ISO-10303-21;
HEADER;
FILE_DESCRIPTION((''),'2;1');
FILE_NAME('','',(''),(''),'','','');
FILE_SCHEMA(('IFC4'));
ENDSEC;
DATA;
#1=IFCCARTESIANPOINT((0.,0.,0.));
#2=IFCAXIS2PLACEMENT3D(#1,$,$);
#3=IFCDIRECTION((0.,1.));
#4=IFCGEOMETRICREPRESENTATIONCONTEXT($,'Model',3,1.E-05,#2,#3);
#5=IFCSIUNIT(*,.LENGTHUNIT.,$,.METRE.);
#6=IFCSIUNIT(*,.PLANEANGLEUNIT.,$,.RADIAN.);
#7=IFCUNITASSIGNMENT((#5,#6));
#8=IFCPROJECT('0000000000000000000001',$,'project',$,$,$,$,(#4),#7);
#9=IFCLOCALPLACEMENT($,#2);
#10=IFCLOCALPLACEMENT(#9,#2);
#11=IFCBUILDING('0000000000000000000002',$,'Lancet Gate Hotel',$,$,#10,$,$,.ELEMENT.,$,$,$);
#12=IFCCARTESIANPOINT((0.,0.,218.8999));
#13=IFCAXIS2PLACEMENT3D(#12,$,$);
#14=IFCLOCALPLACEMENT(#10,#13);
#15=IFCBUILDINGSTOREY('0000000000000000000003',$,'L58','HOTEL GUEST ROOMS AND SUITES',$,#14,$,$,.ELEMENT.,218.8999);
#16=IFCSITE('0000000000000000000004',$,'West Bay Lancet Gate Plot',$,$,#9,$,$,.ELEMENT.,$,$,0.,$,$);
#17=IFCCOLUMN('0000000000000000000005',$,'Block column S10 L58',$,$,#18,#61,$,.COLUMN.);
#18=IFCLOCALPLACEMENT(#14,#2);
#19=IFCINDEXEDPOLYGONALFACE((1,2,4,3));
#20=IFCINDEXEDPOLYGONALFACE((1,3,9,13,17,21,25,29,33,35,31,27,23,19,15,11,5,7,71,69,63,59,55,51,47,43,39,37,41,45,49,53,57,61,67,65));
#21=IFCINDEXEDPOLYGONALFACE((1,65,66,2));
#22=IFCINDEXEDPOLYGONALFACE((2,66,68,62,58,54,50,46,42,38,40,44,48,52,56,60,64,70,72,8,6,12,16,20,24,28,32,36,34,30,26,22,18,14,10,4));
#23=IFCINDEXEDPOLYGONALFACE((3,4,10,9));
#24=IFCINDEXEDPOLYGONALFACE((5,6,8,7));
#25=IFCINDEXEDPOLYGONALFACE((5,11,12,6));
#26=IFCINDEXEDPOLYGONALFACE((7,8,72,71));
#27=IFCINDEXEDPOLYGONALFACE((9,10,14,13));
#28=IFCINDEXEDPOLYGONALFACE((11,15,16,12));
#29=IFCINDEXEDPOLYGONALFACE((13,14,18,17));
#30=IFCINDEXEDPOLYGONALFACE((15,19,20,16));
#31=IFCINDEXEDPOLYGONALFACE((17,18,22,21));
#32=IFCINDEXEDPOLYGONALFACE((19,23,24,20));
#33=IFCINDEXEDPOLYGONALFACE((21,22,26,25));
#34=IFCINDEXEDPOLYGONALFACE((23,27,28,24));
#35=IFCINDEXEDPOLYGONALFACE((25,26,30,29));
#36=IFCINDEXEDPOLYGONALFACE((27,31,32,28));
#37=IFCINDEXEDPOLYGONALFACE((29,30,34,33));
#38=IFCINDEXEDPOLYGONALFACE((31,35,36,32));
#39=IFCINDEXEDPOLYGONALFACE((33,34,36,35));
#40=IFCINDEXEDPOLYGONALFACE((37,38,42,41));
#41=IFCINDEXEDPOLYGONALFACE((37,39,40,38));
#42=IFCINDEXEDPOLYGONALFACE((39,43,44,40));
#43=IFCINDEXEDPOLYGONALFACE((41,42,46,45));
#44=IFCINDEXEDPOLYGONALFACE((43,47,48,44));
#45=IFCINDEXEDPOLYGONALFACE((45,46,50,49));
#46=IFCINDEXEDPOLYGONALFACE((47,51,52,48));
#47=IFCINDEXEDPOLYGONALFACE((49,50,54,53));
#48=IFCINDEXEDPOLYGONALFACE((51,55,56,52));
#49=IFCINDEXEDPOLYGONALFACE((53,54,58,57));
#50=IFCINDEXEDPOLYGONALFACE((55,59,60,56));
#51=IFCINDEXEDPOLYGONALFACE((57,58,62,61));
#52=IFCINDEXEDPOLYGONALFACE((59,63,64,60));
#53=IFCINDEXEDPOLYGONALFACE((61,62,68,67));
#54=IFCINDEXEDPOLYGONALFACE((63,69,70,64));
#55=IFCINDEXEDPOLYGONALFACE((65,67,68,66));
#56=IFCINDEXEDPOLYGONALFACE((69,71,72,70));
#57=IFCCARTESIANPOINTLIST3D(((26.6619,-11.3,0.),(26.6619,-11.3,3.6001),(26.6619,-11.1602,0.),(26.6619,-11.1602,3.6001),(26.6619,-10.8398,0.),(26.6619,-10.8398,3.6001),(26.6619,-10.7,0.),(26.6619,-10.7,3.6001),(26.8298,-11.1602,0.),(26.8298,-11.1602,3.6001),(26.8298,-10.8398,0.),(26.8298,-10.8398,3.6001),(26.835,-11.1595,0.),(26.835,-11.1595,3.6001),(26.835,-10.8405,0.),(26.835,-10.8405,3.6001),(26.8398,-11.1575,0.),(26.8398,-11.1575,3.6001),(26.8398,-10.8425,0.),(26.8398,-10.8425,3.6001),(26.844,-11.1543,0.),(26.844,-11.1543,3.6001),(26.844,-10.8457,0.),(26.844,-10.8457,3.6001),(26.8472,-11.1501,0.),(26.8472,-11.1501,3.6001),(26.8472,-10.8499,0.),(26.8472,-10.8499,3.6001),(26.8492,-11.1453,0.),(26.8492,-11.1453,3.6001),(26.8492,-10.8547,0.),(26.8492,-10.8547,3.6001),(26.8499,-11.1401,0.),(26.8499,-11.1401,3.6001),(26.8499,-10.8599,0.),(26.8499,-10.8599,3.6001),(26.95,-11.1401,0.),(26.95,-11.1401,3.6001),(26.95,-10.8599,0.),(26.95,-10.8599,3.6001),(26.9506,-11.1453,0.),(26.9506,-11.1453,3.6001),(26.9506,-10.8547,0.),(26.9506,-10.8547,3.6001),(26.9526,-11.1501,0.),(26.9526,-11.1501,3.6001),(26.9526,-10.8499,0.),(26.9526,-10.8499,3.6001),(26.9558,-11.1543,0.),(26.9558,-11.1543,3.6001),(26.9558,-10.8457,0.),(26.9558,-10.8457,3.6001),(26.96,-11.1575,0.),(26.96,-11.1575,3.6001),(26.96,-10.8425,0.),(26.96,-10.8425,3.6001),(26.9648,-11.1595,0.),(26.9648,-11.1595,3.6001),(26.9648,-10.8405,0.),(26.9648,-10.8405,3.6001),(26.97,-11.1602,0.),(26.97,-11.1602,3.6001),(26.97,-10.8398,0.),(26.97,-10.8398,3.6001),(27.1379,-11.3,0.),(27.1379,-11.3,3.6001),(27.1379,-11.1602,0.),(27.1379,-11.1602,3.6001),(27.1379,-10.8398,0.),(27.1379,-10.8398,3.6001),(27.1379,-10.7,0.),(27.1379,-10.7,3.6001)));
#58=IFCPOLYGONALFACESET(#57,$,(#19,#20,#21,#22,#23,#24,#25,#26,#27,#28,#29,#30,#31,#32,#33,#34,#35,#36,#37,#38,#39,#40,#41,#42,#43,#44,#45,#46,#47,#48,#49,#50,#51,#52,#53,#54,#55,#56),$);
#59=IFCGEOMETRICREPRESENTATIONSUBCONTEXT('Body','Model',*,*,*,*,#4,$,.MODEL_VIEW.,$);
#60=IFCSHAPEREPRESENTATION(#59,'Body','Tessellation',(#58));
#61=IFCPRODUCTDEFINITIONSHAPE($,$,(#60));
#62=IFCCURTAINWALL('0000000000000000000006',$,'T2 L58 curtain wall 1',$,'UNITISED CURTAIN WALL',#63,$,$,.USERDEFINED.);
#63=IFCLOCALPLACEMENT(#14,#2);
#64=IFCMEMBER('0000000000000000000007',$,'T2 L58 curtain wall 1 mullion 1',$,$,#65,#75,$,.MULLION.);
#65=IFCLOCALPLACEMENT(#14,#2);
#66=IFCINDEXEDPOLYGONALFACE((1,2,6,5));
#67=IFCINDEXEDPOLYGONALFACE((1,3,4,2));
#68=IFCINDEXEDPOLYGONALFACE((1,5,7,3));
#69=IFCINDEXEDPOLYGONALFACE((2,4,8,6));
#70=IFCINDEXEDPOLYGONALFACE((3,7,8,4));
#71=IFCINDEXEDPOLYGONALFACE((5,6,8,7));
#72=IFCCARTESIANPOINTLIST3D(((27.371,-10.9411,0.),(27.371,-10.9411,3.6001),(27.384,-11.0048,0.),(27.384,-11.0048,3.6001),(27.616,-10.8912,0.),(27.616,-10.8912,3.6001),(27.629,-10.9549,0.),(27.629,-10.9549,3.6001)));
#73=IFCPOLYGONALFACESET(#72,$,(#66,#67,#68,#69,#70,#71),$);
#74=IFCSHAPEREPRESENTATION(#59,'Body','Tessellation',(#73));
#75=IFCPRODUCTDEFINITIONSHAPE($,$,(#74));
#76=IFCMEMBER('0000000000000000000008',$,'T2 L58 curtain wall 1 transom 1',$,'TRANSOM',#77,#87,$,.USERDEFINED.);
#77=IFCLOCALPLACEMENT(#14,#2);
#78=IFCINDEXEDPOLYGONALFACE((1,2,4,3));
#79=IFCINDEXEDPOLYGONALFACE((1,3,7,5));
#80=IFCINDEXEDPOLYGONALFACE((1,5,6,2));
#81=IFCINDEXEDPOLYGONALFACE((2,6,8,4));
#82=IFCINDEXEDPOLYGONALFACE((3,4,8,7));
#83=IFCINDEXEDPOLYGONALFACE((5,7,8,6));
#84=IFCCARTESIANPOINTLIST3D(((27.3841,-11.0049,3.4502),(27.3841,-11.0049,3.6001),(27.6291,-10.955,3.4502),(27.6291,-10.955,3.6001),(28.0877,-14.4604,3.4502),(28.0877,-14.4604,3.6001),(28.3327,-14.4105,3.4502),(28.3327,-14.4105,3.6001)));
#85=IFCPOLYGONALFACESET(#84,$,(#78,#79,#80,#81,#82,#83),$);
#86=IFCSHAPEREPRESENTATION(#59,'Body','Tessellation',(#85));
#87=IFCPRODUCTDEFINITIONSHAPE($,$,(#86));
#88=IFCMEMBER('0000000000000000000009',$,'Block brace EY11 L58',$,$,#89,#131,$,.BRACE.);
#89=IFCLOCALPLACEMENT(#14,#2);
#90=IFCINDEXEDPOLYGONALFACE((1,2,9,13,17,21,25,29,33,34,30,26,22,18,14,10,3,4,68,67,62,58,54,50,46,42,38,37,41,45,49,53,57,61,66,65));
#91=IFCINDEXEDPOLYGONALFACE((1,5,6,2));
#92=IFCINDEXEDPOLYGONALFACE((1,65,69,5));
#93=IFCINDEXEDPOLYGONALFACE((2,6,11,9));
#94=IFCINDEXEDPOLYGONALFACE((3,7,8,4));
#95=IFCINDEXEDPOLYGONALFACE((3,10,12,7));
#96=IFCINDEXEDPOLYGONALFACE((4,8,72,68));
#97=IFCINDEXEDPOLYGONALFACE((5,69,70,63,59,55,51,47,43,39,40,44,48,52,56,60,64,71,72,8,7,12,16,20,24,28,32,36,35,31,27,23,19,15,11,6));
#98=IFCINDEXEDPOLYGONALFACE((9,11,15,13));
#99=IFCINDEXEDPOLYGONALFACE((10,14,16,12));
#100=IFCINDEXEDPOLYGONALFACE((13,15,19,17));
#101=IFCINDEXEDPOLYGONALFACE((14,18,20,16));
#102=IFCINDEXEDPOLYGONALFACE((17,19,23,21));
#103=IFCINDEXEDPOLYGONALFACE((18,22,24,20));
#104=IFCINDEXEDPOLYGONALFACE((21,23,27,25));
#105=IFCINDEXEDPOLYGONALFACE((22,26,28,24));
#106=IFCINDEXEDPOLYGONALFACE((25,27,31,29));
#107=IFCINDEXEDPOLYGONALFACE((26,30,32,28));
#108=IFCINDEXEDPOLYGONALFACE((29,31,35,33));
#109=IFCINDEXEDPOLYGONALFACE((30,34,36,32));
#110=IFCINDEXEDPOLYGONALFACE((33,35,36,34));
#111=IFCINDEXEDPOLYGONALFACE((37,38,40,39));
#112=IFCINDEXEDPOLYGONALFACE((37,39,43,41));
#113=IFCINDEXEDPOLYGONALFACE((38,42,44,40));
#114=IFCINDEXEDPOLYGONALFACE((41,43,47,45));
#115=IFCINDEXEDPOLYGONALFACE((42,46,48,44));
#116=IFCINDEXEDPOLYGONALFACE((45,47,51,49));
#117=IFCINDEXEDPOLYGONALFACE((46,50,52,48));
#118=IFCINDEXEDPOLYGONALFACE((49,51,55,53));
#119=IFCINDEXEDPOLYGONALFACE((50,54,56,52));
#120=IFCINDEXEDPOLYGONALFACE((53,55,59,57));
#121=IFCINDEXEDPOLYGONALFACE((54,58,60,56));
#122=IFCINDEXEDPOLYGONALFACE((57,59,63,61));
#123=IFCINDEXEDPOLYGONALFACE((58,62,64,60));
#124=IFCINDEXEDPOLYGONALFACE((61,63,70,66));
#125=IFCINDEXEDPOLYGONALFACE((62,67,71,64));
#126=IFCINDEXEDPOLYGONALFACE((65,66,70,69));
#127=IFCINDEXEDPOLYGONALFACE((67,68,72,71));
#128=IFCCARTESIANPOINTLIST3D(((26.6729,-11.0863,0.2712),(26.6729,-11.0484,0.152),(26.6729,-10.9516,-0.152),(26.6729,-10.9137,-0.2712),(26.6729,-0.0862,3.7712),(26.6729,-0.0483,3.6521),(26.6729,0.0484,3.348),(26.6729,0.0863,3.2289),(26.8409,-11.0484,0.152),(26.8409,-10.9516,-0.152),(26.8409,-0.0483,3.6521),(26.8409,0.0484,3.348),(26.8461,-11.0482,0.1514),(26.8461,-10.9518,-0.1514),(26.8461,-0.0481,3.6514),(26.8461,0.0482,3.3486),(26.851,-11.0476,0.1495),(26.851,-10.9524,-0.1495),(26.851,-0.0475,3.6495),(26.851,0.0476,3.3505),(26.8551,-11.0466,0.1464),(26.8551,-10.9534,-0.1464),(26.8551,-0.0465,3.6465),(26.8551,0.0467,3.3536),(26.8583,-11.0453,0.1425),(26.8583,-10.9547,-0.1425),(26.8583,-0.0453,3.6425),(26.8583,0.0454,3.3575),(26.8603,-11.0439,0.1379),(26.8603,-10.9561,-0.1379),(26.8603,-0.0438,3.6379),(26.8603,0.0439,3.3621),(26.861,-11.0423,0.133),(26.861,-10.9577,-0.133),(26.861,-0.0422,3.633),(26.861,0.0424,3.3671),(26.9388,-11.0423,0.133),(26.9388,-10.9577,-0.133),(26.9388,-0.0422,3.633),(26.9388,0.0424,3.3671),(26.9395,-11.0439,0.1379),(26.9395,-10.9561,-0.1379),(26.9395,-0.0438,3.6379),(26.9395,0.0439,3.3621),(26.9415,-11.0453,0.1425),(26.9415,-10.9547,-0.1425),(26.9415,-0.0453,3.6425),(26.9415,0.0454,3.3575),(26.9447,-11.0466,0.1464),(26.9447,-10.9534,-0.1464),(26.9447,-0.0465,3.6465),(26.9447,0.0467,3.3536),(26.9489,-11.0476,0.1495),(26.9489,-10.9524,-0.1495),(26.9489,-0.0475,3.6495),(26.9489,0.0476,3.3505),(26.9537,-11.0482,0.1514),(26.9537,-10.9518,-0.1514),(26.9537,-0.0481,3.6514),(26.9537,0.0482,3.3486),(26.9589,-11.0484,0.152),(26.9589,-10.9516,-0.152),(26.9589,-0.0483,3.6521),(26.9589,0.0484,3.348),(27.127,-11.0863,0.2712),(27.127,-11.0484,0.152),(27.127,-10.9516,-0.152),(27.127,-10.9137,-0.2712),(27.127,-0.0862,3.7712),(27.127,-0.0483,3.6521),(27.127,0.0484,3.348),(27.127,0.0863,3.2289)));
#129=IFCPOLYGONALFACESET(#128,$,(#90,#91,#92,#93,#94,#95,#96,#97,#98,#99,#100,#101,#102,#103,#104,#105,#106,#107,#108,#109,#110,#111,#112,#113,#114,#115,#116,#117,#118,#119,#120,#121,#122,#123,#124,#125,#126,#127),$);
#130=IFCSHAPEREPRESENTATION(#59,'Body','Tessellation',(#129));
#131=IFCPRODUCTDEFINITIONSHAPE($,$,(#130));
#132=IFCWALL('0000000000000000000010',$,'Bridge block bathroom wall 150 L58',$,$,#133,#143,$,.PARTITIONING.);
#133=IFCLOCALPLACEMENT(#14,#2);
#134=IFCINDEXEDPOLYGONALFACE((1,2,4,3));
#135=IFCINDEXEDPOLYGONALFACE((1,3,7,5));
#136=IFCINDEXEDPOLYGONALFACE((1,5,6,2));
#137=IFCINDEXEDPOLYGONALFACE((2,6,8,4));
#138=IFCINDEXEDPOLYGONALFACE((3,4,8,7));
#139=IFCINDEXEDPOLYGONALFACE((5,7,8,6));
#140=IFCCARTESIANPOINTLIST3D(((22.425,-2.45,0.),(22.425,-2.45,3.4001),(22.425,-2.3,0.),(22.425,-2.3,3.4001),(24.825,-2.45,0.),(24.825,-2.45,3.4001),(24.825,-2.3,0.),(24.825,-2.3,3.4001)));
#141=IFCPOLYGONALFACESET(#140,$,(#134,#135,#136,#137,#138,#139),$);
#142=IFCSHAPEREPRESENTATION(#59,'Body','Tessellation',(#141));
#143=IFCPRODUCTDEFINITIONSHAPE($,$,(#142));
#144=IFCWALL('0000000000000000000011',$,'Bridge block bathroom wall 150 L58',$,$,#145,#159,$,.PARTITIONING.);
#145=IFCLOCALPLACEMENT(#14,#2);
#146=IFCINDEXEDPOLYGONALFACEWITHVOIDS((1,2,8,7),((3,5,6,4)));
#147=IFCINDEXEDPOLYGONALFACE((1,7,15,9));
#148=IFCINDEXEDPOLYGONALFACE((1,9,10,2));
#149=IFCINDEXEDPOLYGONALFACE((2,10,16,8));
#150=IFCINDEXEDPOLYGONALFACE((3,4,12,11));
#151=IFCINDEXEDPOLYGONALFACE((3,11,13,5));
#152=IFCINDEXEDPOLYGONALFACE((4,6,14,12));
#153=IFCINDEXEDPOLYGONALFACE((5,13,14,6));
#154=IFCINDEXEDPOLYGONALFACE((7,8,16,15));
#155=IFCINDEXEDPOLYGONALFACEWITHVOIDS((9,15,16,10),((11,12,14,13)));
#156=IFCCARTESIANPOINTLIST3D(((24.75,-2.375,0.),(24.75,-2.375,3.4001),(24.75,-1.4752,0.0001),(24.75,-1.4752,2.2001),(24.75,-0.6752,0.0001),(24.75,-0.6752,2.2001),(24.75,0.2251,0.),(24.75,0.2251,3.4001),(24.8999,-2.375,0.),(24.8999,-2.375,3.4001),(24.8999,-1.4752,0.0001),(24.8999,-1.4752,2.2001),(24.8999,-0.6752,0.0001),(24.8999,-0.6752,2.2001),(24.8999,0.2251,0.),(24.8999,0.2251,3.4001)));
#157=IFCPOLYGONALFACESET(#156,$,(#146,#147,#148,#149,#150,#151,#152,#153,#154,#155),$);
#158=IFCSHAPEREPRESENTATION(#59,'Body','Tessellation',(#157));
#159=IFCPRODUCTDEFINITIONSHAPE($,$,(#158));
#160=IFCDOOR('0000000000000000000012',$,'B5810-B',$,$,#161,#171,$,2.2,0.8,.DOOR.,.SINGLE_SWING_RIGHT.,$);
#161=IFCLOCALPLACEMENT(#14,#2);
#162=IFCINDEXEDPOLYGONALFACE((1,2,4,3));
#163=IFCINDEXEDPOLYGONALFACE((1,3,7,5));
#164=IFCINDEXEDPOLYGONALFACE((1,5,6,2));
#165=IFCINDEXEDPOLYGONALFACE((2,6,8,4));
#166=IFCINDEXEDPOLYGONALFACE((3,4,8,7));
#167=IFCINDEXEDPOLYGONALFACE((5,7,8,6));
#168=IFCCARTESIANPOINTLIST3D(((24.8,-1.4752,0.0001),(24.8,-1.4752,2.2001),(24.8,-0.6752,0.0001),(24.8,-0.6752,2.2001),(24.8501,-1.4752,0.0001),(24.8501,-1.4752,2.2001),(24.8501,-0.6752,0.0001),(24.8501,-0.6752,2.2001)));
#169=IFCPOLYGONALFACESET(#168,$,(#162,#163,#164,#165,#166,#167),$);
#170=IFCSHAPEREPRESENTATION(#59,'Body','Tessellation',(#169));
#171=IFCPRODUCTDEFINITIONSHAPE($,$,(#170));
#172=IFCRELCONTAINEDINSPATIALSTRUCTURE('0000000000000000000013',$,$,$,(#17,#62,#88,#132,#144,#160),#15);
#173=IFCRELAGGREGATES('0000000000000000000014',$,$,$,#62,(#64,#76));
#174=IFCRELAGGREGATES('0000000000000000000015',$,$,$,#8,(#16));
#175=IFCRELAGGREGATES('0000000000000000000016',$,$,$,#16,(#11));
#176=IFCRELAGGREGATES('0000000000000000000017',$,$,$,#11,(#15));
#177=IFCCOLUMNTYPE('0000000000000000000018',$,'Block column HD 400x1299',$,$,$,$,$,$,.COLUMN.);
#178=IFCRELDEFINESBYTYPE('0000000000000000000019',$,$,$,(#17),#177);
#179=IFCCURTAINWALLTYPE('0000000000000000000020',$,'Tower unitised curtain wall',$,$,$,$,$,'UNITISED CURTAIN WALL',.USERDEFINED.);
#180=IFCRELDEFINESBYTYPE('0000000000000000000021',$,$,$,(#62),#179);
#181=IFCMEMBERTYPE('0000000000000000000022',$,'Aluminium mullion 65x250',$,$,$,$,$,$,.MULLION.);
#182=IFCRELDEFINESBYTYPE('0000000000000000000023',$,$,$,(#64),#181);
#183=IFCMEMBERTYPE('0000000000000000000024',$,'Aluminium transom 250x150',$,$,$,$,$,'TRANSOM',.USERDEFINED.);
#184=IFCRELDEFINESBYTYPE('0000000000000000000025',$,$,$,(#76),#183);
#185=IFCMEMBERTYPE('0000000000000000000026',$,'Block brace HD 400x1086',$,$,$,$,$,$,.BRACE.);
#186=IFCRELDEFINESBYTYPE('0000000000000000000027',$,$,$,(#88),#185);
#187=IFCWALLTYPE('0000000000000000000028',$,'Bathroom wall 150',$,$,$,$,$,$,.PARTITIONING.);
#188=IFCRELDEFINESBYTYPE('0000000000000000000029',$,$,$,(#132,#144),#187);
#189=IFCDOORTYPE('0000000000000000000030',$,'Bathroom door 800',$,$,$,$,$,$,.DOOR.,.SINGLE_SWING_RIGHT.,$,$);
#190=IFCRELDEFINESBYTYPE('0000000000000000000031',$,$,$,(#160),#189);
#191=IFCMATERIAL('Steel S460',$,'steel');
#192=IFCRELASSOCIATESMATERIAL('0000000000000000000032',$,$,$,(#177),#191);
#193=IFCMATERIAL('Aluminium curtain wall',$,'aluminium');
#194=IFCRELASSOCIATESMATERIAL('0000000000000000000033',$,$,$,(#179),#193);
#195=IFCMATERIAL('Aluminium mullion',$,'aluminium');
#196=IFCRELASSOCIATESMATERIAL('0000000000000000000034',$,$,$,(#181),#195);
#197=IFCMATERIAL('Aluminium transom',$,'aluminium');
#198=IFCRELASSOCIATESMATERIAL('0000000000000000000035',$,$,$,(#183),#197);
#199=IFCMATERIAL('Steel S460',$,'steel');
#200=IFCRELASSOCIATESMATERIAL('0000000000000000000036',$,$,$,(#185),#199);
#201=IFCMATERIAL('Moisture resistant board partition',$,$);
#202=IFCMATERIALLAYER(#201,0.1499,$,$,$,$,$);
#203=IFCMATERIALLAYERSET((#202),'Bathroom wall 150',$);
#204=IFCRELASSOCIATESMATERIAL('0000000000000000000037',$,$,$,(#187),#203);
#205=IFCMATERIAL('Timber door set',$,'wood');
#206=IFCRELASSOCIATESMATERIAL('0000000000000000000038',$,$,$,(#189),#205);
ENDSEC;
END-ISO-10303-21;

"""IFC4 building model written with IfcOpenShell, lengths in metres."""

from ifc_helpers import new_model, si_unit, direction, frame, frame_2d, origin, origin_2d, place, context, subcontext, project, spatial, rectangle, i_section, extrude, material, layer, layer_set, material_profile, profile_set, type_object, element, fill, aggregate, save


model = new_model("IFC4")

# Units and contexts
model_context = context("Model", 3, precision=1e-05, world=origin(), true_north=direction((0.0, 1.0)))
body_context = subcontext(model_context, "Body", "Model", "MODEL_VIEW")
ifc_project = project(units=[si_unit("LENGTHUNIT", "METRE"), si_unit("PLANEANGLEUNIT", "RADIAN")], contexts=[model_context])

# Site, building, storey
site_placement = place(None, origin())
site = spatial("IfcSite", under=ifc_project, at=site_placement, Name="West Bay Lancet Gate Plot", CompositionType="ELEMENT", RefElevation=0.0)
building_placement = place(site_placement, origin())
building = spatial("IfcBuilding", under=site, at=building_placement, Name="Lancet Gate Hotel", CompositionType="ELEMENT")
storey_placement = place(building_placement, frame((0.0, 0.0, 218.8999)))
storey = spatial("IfcBuildingStorey", under=building, at=storey_placement, Name="L58", Description="HOTEL GUEST ROOMS AND SUITES", CompositionType="ELEMENT", Elevation=218.8999)

# Column
ifc_material_1 = material(Name="Steel S460", Category="steel")
ifc_material_profile_1 = material_profile(ifc_material_1, i_section(OverallWidth=0.4761, OverallDepth=0.6001, WebThickness=0.1001, FlangeThickness=0.1399, FilletRadius=0.02, at=origin_2d()), Name="HD 400x1299")
ifc_profile_set_1 = profile_set([ifc_material_profile_1], Name="Steel S460")
column_type = type_object("IfcColumnType", Name="Block column HD 400x1299", PredefinedType="COLUMN", material=ifc_profile_set_1)
column_placement = place(storey_placement, frame((26.8999, -11.0, 0.0), z_axis=(0.0, 0.0, 1.0), x_axis=(1.0, 0.0, 0.0)))
element("IfcColumn", 1, at=column_placement, inside=storey, type_object=column_type, Name="Block column S10 L58", PredefinedType="COLUMN", context=body_context, shape_type="SweptSolid", body=[
    extrude(i_section(OverallWidth=0.4761, OverallDepth=0.6001, WebThickness=0.1001, FlangeThickness=0.1399, FilletRadius=0.02, at=origin_2d()), origin(), (0.0, 0.0, 1.0), 3.6001),
])

# Curtain wall, members
ifc_material_2 = material(Name="Aluminium curtain wall", Category="aluminium")
curtain_wall_type = type_object("IfcCurtainWallType", Name="Tower unitised curtain wall", ElementType="UNITISED CURTAIN WALL", PredefinedType="USERDEFINED", material=ifc_material_2)
curtain_wall_placement = place(storey_placement, origin())
curtain_wall = element("IfcCurtainWall", 2, at=curtain_wall_placement, inside=storey, type_object=curtain_wall_type, Name="T2 L58 curtain wall 1", ObjectType="UNITISED CURTAIN WALL", PredefinedType="USERDEFINED")
ifc_material_3 = material(Name="Aluminium mullion", Category="aluminium")
ifc_material_profile_2 = material_profile(ifc_material_3, rectangle(XDim=0.0649, YDim=0.25, at=origin_2d()), Name="MULLION 65x250")
ifc_profile_set_2 = profile_set([ifc_material_profile_2], Name="Aluminium mullion")
member_type_1 = type_object("IfcMemberType", Name="Aluminium mullion 65x250", PredefinedType="MULLION", material=ifc_profile_set_2)
member_1_placement = place(storey_placement, frame((27.5, -10.948, 0.0), z_axis=(0.0, 0.0, 1.0), x_axis=(0.199533, -0.979891, 0.0)))
member_1 = element("IfcMember", 3, at=member_1_placement, type_object=member_type_1, Name="T2 L58 curtain wall 1 mullion 1", PredefinedType="MULLION", context=body_context, shape_type="SweptSolid", body=[
    extrude(rectangle(XDim=0.0649, YDim=0.25, at=origin_2d()), origin(), (0.0, 0.0, 1.0), 3.6001),
])
ifc_material_4 = material(Name="Aluminium transom", Category="aluminium")
ifc_material_profile_3 = material_profile(ifc_material_4, rectangle(XDim=0.25, YDim=0.1499, at=origin_2d()), Name="TRANSOM 250x150")
ifc_profile_set_3 = profile_set([ifc_material_profile_3], Name="Aluminium transom")
member_type_2 = type_object("IfcMemberType", Name="Aluminium transom 250x150", ElementType="TRANSOM", PredefinedType="USERDEFINED", material=ifc_profile_set_3)
member_2_placement = place(storey_placement, frame((27.5066, -10.98, 3.5251), z_axis=(0.199523, -0.979893, 0.0), x_axis=(0.979893, 0.199523, 0.0)))
member_2 = element("IfcMember", 4, at=member_2_placement, type_object=member_type_2, Name="T2 L58 curtain wall 1 transom 1", ObjectType="TRANSOM", PredefinedType="USERDEFINED", context=body_context, shape_type="SweptSolid", body=[
    extrude(rectangle(XDim=0.25, YDim=0.1499, at=origin_2d()), origin(), (0.0, 0.0, 1.0), 3.5264),
])
aggregate(curtain_wall, [member_1, member_2])

# Member
ifc_material_5 = material(Name="Steel S460", Category="steel")
ifc_material_profile_4 = material_profile(ifc_material_5, i_section(OverallWidth=0.4541, OverallDepth=0.5691, WebThickness=0.0779, FlangeThickness=0.125, FilletRadius=0.02, at=origin_2d()), Name="HD 400x1086")
ifc_profile_set_4 = profile_set([ifc_material_profile_4], Name="Steel S460")
member_type_3 = type_object("IfcMemberType", Name="Block brace HD 400x1086", PredefinedType="BRACE", material=ifc_profile_set_4)
member_3_placement = place(storey_placement, frame((26.8999, -11.0, 0.0), z_axis=(0.0, 0.952926, 0.303204), x_axis=(-1.0, 0.0, 0.0)))
element("IfcMember", 5, at=member_3_placement, inside=storey, type_object=member_type_3, Name="Block brace EY11 L58", PredefinedType="BRACE", context=body_context, shape_type="SweptSolid", body=[
    extrude(i_section(OverallWidth=0.4541, OverallDepth=0.5691, WebThickness=0.0779, FlangeThickness=0.125, FilletRadius=0.02, at=origin_2d()), origin(), (0.0, 0.0, 1.0), 11.5435),
])

# Wall
ifc_material_6 = material(Name="Moisture resistant board partition")
ifc_layer_1 = layer(ifc_material_6, 0.1499)
ifc_layer_set_1 = layer_set([ifc_layer_1], Name="Bathroom wall 150")
wall_type_1 = type_object("IfcWallType", Name="Bathroom wall 150", PredefinedType="PARTITIONING", material=ifc_layer_set_1)
wall_1_placement = place(storey_placement, frame((22.425, -2.375, 0.0), z_axis=(0.0, 0.0, 1.0), x_axis=(1.0, 0.0, 0.0)))
element("IfcWall", 6, at=wall_1_placement, inside=storey, type_object=wall_type_1, Name="Bridge block bathroom wall 150 L58", PredefinedType="PARTITIONING", context=body_context, shape_type="SweptSolid", body=[
    extrude(rectangle(XDim=2.3999, YDim=0.1499, at=frame_2d((1.2, 0.0))), origin(), (0.0, 0.0, 1.0), 3.4001),
])

# Wall, opening, door
wall_2_placement = place(storey_placement, frame((24.825, -2.375, 0.0), z_axis=(0.0, 0.0, 1.0), x_axis=(0.0, 1.0, 0.0)))
wall_2 = element("IfcWall", 7, at=wall_2_placement, inside=storey, type_object=wall_type_1, Name="Bridge block bathroom wall 150 L58", PredefinedType="PARTITIONING", context=body_context, shape_type="SweptSolid", body=[
    extrude(rectangle(XDim=2.6001, YDim=0.1499, at=frame_2d((1.3, 0.0))), origin(), (0.0, 0.0, 1.0), 3.4001),
])
opening_1_placement = place(wall_2_placement, frame((0.8999, 0.0, 0.0)))
opening_1 = element("IfcOpeningElement", 8, at=opening_1_placement, cuts=wall_2, PredefinedType="OPENING", context=body_context, shape_type="SweptSolid", body=[
    extrude(rectangle(XDim=0.8, YDim=2.2, at=frame_2d((0.3999, 1.1001))), frame((0.0, 0.085, 0.0), z_axis=(0.0, -1.0, 0.0), x_axis=(1.0, 0.0, 0.0)), (0.0, 0.0, 1.0), 0.1699),
])
ifc_material_7 = material(Name="Timber door set", Category="wood")
door_type_1 = type_object("IfcDoorType", Name="Bathroom door 800", OperationType="SINGLE_SWING_RIGHT", PredefinedType="DOOR", material=ifc_material_7)
door_1_placement = place(opening_1_placement, origin())
door_1 = element("IfcDoor", 9, at=door_1_placement, inside=storey, type_object=door_type_1, Name="B5810-B", OperationType="SINGLE_SWING_RIGHT", OverallHeight=2.2, OverallWidth=0.8, PredefinedType="DOOR", context=body_context, shape_type="SweptSolid", body=[
    extrude(rectangle(XDim=0.8, YDim=2.2, at=frame_2d((0.3999, 1.1001))), frame((0.0, 0.0249, 0.0), z_axis=(0.0, -1.0, 0.0), x_axis=(1.0, 0.0, 0.0)), (0.0, 0.0, 1.0), 0.05),
])
fill(opening_1, door_1)

save(model, "model.ifc")
